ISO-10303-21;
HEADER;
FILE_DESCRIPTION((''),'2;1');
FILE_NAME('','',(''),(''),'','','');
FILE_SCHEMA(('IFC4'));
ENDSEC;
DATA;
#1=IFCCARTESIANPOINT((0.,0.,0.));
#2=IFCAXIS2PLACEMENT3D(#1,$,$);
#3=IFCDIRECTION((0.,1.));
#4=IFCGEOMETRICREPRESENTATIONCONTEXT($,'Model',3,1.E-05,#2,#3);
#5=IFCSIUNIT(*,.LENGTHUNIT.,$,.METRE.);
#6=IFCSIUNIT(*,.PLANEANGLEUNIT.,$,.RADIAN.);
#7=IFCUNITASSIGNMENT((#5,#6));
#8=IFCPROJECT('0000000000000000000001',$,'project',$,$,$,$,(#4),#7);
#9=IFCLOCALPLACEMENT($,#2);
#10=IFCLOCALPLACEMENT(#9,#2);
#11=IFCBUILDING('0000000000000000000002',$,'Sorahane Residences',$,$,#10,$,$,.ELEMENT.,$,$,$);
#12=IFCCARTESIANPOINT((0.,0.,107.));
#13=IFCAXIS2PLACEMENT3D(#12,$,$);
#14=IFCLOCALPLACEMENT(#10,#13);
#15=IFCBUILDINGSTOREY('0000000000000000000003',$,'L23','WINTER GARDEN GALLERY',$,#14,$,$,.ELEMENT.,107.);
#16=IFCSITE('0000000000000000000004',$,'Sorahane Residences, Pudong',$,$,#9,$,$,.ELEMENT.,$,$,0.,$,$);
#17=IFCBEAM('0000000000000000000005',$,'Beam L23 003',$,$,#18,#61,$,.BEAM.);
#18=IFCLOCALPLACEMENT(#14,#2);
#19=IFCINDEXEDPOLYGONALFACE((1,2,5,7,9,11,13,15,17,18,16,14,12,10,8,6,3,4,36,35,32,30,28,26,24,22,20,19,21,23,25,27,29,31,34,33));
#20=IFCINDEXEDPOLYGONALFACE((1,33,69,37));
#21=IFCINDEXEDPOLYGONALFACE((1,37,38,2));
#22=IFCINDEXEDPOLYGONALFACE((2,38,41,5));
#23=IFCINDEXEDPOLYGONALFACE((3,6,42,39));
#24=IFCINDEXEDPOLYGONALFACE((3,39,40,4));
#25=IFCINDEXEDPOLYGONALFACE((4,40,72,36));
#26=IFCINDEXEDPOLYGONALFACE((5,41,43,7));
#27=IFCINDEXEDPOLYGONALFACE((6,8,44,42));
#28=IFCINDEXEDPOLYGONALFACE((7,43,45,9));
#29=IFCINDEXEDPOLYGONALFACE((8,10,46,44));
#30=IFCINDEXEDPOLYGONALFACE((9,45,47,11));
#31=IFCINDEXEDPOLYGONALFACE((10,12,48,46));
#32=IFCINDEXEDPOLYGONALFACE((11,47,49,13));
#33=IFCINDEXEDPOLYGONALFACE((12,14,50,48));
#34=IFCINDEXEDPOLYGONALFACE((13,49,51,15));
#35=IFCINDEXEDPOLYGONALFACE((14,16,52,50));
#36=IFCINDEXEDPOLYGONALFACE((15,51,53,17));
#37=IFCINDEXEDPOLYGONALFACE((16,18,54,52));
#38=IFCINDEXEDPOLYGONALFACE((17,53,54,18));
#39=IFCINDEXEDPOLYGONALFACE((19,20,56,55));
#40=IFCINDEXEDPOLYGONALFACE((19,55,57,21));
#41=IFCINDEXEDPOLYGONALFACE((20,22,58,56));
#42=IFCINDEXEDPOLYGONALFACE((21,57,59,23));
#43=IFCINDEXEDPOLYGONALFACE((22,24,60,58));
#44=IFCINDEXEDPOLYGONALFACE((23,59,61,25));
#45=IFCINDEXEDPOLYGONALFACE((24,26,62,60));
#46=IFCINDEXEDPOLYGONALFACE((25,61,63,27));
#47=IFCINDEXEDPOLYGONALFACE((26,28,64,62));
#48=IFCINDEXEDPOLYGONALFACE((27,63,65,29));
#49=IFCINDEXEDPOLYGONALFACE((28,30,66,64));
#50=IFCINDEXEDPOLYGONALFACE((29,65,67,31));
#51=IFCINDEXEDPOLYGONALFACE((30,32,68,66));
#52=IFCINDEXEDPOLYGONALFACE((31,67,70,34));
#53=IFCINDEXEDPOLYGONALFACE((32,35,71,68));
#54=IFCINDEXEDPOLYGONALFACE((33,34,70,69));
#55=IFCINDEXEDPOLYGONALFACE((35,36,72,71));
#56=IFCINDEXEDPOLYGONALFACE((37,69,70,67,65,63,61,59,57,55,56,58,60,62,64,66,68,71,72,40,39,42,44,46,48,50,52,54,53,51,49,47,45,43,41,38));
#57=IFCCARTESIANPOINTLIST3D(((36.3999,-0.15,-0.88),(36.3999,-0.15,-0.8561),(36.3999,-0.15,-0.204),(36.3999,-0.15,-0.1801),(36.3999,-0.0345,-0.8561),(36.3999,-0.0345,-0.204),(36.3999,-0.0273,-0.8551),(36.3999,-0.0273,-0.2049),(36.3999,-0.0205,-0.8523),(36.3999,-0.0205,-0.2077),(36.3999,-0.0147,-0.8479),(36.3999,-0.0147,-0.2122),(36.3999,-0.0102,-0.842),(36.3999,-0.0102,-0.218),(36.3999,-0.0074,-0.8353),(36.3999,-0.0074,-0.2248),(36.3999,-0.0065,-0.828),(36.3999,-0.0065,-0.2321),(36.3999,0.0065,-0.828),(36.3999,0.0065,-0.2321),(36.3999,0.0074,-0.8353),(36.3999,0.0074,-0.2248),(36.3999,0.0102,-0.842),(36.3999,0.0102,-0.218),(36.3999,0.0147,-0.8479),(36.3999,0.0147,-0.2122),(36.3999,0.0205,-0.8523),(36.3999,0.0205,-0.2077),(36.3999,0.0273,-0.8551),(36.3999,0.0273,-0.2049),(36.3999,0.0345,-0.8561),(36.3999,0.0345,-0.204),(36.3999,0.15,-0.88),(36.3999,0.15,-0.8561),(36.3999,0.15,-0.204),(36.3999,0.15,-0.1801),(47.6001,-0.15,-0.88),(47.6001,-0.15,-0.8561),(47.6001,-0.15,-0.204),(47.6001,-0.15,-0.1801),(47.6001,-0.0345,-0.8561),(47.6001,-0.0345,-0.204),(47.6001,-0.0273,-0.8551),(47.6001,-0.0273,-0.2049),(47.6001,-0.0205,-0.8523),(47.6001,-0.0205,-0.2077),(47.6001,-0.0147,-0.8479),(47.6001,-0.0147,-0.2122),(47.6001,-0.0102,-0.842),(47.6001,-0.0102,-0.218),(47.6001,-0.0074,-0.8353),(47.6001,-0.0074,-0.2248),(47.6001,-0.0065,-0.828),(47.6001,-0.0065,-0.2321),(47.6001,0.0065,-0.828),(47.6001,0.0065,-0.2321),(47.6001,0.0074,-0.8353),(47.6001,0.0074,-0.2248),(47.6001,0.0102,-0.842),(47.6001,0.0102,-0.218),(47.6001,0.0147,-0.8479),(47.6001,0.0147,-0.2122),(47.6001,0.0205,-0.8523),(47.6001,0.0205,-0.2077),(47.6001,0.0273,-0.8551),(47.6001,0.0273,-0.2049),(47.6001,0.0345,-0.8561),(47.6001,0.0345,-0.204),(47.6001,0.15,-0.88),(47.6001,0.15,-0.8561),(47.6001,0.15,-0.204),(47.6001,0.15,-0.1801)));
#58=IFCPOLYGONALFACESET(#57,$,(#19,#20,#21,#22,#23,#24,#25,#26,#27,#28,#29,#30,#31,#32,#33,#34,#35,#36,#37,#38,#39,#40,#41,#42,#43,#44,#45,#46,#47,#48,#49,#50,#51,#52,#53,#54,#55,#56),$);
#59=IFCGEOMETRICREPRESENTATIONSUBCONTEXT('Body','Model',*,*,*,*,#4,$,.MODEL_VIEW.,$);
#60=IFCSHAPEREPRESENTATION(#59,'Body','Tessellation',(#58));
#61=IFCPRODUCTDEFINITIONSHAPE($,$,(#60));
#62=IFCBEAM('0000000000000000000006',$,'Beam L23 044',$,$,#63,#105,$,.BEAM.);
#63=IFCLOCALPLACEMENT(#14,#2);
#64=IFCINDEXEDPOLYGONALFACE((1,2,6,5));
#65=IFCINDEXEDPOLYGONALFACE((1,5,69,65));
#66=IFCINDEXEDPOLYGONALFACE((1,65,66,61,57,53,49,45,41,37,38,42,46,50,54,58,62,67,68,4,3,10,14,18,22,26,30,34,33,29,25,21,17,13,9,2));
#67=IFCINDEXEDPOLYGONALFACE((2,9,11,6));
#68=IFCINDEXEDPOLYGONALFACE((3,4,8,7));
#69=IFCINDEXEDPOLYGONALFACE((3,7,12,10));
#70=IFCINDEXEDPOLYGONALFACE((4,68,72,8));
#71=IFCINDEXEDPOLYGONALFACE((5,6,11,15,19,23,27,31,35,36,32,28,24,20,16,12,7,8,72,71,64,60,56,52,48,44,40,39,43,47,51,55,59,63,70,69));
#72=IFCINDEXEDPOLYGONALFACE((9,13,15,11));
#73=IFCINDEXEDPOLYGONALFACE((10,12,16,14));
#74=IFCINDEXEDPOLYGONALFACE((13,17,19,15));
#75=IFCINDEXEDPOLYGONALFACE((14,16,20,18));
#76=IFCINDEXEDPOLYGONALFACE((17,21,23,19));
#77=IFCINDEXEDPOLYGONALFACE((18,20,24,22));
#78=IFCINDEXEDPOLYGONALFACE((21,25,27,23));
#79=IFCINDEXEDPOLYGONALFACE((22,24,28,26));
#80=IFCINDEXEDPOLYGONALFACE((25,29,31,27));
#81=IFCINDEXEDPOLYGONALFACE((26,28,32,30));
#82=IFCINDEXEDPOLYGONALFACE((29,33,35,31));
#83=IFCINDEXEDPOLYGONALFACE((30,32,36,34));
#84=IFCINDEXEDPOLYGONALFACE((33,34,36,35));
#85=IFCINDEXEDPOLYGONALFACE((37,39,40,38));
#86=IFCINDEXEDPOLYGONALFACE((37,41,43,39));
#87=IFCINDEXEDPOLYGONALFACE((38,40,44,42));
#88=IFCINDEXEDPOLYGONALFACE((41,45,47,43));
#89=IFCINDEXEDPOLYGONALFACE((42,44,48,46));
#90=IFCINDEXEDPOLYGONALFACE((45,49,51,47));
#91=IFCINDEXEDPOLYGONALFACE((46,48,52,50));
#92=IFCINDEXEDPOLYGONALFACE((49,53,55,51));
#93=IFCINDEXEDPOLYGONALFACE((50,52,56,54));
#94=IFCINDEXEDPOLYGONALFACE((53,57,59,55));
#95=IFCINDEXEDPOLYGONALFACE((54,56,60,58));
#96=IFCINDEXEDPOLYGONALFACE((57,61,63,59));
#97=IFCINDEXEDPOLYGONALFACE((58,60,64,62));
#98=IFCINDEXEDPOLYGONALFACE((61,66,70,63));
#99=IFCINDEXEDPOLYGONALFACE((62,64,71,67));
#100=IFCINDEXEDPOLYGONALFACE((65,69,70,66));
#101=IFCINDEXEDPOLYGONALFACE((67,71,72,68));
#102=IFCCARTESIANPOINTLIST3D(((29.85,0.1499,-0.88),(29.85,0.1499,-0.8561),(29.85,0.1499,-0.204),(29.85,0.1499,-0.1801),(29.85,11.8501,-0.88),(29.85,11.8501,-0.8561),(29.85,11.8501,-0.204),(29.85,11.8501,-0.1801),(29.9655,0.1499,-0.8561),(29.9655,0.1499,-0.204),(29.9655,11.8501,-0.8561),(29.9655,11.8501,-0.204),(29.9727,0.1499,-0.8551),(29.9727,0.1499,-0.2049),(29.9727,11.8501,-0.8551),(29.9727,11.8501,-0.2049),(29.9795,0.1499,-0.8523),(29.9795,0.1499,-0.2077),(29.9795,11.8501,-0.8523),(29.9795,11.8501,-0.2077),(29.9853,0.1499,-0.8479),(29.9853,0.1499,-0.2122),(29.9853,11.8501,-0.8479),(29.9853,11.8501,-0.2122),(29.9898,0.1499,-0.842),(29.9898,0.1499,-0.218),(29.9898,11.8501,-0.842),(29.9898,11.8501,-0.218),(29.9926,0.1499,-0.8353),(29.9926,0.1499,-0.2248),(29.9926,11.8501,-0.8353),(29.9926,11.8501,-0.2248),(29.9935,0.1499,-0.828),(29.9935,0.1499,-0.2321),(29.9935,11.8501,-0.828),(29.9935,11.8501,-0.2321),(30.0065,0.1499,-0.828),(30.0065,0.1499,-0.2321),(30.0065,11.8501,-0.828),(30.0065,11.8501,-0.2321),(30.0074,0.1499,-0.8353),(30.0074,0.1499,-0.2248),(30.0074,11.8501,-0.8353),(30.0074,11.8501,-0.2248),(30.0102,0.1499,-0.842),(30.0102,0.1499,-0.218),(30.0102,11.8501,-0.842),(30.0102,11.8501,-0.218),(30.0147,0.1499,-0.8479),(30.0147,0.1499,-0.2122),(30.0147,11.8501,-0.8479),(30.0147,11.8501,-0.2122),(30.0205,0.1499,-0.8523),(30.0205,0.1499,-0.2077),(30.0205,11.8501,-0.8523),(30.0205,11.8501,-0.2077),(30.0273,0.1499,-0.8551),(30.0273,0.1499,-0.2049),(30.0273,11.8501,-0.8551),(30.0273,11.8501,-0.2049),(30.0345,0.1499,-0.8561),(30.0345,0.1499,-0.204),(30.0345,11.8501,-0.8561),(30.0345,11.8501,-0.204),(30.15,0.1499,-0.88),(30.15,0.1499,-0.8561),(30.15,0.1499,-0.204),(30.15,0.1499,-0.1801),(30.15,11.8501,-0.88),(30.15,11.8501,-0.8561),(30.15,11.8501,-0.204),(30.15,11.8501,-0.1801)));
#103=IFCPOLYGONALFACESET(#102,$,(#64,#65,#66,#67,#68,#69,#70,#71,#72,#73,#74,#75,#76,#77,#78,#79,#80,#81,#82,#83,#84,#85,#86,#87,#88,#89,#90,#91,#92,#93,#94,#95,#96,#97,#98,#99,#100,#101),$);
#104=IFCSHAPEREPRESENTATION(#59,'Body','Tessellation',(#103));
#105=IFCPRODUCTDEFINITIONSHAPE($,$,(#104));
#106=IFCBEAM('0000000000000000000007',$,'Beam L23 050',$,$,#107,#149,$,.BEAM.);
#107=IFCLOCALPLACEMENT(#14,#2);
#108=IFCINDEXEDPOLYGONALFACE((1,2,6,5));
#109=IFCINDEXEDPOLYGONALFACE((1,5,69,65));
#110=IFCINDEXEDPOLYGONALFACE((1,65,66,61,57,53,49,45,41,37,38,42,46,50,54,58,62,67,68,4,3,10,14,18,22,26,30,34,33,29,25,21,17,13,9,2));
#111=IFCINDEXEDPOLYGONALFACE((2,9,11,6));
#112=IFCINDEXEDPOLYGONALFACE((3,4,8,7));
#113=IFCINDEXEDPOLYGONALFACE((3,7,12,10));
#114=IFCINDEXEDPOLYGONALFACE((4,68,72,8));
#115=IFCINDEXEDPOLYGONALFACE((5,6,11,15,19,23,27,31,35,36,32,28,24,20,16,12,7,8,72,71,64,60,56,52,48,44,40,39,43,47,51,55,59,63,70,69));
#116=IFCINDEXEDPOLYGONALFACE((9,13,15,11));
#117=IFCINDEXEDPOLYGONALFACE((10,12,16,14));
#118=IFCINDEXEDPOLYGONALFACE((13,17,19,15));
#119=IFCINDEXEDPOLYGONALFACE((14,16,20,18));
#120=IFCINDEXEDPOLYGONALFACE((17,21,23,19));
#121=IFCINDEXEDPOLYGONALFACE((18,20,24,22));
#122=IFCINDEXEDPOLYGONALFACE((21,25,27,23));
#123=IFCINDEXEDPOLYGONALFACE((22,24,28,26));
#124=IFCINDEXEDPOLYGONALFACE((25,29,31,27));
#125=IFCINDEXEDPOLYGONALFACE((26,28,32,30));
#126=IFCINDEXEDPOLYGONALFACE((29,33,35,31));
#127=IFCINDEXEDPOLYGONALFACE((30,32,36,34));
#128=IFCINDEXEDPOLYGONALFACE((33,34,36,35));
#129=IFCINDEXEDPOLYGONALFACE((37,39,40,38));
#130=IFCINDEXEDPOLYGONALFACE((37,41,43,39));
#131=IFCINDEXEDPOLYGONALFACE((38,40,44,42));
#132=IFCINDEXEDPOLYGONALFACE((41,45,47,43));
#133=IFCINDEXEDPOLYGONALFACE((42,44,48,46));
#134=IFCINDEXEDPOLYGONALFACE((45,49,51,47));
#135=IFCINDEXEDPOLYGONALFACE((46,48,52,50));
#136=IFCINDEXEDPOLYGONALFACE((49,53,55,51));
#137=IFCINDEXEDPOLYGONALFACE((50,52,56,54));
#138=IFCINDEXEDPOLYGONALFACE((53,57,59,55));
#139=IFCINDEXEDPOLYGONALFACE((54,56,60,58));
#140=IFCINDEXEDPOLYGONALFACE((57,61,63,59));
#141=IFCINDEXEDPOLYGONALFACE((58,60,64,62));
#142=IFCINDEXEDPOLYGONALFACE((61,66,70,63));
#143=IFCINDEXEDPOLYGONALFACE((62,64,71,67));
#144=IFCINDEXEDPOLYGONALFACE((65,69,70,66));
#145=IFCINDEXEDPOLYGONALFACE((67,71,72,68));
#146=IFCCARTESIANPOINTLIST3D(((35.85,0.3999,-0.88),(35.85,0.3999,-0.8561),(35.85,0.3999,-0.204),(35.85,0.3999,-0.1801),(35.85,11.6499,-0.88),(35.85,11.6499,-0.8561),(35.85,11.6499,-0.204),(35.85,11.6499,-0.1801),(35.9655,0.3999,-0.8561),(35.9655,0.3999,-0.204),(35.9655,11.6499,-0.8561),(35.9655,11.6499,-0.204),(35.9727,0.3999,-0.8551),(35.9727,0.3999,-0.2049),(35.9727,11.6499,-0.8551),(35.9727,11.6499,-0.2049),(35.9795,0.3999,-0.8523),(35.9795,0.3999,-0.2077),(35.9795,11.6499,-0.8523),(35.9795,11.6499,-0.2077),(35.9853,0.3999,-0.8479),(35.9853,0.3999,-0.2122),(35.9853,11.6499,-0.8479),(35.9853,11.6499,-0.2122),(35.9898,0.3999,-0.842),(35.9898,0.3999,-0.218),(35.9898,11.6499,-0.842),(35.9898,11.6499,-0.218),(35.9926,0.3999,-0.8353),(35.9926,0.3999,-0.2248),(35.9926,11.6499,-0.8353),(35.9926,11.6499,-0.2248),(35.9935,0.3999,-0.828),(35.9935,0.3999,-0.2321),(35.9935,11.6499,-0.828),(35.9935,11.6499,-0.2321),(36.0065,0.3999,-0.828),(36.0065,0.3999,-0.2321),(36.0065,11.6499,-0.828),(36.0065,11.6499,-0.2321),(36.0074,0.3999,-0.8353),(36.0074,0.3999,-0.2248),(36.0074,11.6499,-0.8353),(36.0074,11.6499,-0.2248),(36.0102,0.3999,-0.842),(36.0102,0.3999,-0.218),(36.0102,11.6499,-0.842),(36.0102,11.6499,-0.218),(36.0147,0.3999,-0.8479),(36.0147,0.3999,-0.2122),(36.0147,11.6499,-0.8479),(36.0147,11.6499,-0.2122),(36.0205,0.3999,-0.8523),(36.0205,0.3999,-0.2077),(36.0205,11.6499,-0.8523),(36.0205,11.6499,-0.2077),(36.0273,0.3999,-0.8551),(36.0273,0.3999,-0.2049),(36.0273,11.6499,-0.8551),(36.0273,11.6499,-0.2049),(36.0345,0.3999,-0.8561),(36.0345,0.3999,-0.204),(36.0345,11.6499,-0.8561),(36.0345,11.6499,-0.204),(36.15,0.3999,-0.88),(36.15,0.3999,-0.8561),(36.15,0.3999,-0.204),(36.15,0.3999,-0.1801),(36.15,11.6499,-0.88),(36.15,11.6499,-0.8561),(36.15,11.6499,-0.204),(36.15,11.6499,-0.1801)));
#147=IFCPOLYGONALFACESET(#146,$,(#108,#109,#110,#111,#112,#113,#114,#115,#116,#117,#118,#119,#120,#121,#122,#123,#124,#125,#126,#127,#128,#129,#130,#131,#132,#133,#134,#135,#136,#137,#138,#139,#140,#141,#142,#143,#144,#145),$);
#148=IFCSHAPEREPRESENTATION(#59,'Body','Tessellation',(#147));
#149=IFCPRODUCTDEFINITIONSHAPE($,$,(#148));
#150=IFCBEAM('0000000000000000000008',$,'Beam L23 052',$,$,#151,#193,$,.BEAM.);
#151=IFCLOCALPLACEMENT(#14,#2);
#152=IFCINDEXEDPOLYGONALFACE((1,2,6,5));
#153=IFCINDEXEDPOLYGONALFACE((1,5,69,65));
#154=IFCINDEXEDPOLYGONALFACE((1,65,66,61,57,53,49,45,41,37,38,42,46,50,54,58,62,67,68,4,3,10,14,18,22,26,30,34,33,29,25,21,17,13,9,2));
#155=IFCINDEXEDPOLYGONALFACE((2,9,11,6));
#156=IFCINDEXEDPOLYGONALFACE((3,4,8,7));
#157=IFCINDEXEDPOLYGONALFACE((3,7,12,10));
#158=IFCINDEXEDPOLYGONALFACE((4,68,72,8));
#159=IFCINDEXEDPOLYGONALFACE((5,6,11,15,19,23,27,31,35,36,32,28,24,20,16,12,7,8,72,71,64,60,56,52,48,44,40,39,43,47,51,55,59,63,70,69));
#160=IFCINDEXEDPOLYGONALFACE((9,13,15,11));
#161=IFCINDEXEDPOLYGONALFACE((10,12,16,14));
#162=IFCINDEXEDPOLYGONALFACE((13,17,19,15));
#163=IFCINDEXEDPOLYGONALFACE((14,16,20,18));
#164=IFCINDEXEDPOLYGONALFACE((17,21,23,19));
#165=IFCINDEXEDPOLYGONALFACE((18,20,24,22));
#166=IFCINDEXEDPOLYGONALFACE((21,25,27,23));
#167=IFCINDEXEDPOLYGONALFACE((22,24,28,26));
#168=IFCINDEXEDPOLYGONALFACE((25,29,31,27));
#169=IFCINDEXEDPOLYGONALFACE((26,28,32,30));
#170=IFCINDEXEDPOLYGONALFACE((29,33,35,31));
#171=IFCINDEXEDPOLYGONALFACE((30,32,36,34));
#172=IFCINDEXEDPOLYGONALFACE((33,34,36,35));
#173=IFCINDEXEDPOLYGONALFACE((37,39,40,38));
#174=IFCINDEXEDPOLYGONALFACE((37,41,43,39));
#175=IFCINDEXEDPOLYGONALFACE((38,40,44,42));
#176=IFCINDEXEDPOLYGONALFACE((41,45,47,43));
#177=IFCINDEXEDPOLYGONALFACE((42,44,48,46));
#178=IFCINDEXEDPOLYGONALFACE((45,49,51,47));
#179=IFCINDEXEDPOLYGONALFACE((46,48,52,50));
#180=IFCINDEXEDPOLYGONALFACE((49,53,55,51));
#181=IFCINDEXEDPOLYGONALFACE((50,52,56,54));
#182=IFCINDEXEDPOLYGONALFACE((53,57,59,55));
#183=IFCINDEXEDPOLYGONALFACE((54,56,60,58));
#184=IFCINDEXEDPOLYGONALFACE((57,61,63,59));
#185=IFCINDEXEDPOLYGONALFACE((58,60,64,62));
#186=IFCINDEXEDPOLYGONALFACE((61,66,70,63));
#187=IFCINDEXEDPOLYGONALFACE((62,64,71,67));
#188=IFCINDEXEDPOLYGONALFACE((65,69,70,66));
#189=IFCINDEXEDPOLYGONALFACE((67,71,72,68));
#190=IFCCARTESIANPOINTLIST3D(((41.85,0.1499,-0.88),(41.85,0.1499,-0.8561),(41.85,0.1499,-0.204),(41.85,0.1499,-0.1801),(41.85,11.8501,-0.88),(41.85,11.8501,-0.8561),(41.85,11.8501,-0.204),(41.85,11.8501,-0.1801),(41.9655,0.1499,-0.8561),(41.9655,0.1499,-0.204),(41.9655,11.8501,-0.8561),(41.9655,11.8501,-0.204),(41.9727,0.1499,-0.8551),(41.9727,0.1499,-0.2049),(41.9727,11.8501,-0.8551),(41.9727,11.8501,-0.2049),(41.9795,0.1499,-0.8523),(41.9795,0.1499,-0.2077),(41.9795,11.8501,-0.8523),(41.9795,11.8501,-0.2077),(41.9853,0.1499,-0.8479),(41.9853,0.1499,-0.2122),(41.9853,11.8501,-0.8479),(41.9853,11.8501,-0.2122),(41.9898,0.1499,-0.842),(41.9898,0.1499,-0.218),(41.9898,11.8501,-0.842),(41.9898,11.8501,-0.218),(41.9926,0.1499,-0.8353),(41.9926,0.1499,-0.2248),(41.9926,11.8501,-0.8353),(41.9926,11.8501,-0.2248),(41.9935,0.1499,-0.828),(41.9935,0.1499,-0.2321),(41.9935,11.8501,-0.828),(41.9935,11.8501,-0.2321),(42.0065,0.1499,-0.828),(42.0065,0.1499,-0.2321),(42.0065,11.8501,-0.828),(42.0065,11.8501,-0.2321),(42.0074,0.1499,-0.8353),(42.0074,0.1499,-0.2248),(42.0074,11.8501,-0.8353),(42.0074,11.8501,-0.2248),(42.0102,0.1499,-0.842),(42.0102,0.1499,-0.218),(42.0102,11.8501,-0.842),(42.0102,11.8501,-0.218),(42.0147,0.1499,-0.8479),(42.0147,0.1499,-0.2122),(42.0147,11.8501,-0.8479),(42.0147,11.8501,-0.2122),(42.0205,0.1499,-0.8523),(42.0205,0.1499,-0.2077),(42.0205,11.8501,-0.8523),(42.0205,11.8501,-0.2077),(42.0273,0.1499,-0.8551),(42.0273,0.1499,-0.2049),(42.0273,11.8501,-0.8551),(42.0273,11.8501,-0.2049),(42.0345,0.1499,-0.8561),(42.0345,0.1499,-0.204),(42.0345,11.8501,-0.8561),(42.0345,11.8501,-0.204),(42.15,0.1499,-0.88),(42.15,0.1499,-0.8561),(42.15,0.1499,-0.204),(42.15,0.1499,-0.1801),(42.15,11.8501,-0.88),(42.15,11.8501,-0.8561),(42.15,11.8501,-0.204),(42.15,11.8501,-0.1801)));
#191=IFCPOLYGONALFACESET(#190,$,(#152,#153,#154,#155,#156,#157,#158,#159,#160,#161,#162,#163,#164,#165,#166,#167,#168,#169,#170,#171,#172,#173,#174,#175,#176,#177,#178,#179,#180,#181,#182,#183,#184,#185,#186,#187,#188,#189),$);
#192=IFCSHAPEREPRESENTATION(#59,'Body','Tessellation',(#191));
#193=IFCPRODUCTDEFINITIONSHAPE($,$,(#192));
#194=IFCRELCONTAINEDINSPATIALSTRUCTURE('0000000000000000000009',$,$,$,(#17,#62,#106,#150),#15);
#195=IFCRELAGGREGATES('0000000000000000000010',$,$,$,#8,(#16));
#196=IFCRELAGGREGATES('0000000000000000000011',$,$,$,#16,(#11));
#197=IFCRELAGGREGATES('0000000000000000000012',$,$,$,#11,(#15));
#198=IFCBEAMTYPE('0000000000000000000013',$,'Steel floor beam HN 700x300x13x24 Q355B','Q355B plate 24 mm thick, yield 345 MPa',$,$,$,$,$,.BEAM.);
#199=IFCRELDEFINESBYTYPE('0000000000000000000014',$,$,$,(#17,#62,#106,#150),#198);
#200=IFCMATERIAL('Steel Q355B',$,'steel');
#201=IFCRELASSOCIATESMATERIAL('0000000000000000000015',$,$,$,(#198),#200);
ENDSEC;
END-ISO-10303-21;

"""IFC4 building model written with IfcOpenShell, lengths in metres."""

from ifc_helpers import new_model, si_unit, direction, frame, origin, origin_2d, place, context, subcontext, project, spatial, i_section, extrude, material, material_profile, profile_set, type_object, element, save


model = new_model("IFC4")

# Units and contexts
model_context = context("Model", 3, precision=1e-05, world=origin(), true_north=direction((0.0, 1.0)))
body_context = subcontext(model_context, "Body", "Model", "MODEL_VIEW")
ifc_project = project(units=[si_unit("LENGTHUNIT", "METRE"), si_unit("PLANEANGLEUNIT", "RADIAN")], contexts=[model_context])

# Site, building, storey
site_placement = place(None, origin())
site = spatial("IfcSite", under=ifc_project, at=site_placement, Name="Sorahane Residences, Pudong", CompositionType="ELEMENT", RefElevation=0.0)
building_placement = place(site_placement, origin())
building = spatial("IfcBuilding", under=site, at=building_placement, Name="Sorahane Residences", CompositionType="ELEMENT")
storey_placement = place(building_placement, frame((0.0, 0.0, 107.0)))
storey = spatial("IfcBuildingStorey", under=building, at=storey_placement, Name="L23", Description="WINTER GARDEN GALLERY", CompositionType="ELEMENT", Elevation=107.0)

# Beams
ifc_material_1 = material(Name="Steel Q355B", Category="steel")
ifc_material_profile_1 = material_profile(ifc_material_1, i_section(OverallWidth=0.3, OverallDepth=0.7, WebThickness=0.0129, FlangeThickness=0.0239, FilletRadius=0.0281, at=origin_2d()), Name="HN 700x300x13x24")
ifc_profile_set_1 = profile_set([ifc_material_profile_1], Name="Steel Q355B")
beam_type_1 = type_object("IfcBeamType", Name="Steel floor beam HN 700x300x13x24 Q355B", Description="Q355B plate 24 mm thick, yield 345 MPa", PredefinedType="BEAM", material=ifc_profile_set_1)
beam_1_placement = place(storey_placement, frame((36.3999, 0.0, -0.53), z_axis=(1.0, 0.0, 0.0), x_axis=(0.0, 1.0, 0.0)))
element("IfcBeam", 1, at=beam_1_placement, inside=storey, type_object=beam_type_1, Name="Beam L23 003", PredefinedType="BEAM", context=body_context, shape_type="SweptSolid", body=[
    extrude(i_section(OverallWidth=0.3, OverallDepth=0.7, WebThickness=0.0129, FlangeThickness=0.0239, FilletRadius=0.0281, at=origin_2d()), origin(), (0.0, 0.0, 1.0), 11.2002),
])
beam_2_placement = place(storey_placement, frame((30.0, 0.1499, -0.53), z_axis=(0.0, 1.0, 0.0), x_axis=(-1.0, 0.0, 0.0)))
element("IfcBeam", 2, at=beam_2_placement, inside=storey, type_object=beam_type_1, Name="Beam L23 044", PredefinedType="BEAM", context=body_context, shape_type="SweptSolid", body=[
    extrude(i_section(OverallWidth=0.3, OverallDepth=0.7, WebThickness=0.0129, FlangeThickness=0.0239, FilletRadius=0.0281, at=origin_2d()), origin(), (0.0, 0.0, 1.0), 11.7002),
])
beam_3_placement = place(storey_placement, frame((36.0, 0.3999, -0.53), z_axis=(0.0, 1.0, 0.0), x_axis=(-1.0, 0.0, 0.0)))
element("IfcBeam", 3, at=beam_3_placement, inside=storey, type_object=beam_type_1, Name="Beam L23 050", PredefinedType="BEAM", context=body_context, shape_type="SweptSolid", body=[
    extrude(i_section(OverallWidth=0.3, OverallDepth=0.7, WebThickness=0.0129, FlangeThickness=0.0239, FilletRadius=0.0281, at=origin_2d()), origin(), (0.0, 0.0, 1.0), 11.25),
])
beam_4_placement = place(storey_placement, frame((42.0, 0.1499, -0.53), z_axis=(0.0, 1.0, 0.0), x_axis=(-1.0, 0.0, 0.0)))
element("IfcBeam", 4, at=beam_4_placement, inside=storey, type_object=beam_type_1, Name="Beam L23 052", PredefinedType="BEAM", context=body_context, shape_type="SweptSolid", body=[
    extrude(i_section(OverallWidth=0.3, OverallDepth=0.7, WebThickness=0.0129, FlangeThickness=0.0239, FilletRadius=0.0281, at=origin_2d()), origin(), (0.0, 0.0, 1.0), 11.7002),
])

save(model, "model.ifc")
